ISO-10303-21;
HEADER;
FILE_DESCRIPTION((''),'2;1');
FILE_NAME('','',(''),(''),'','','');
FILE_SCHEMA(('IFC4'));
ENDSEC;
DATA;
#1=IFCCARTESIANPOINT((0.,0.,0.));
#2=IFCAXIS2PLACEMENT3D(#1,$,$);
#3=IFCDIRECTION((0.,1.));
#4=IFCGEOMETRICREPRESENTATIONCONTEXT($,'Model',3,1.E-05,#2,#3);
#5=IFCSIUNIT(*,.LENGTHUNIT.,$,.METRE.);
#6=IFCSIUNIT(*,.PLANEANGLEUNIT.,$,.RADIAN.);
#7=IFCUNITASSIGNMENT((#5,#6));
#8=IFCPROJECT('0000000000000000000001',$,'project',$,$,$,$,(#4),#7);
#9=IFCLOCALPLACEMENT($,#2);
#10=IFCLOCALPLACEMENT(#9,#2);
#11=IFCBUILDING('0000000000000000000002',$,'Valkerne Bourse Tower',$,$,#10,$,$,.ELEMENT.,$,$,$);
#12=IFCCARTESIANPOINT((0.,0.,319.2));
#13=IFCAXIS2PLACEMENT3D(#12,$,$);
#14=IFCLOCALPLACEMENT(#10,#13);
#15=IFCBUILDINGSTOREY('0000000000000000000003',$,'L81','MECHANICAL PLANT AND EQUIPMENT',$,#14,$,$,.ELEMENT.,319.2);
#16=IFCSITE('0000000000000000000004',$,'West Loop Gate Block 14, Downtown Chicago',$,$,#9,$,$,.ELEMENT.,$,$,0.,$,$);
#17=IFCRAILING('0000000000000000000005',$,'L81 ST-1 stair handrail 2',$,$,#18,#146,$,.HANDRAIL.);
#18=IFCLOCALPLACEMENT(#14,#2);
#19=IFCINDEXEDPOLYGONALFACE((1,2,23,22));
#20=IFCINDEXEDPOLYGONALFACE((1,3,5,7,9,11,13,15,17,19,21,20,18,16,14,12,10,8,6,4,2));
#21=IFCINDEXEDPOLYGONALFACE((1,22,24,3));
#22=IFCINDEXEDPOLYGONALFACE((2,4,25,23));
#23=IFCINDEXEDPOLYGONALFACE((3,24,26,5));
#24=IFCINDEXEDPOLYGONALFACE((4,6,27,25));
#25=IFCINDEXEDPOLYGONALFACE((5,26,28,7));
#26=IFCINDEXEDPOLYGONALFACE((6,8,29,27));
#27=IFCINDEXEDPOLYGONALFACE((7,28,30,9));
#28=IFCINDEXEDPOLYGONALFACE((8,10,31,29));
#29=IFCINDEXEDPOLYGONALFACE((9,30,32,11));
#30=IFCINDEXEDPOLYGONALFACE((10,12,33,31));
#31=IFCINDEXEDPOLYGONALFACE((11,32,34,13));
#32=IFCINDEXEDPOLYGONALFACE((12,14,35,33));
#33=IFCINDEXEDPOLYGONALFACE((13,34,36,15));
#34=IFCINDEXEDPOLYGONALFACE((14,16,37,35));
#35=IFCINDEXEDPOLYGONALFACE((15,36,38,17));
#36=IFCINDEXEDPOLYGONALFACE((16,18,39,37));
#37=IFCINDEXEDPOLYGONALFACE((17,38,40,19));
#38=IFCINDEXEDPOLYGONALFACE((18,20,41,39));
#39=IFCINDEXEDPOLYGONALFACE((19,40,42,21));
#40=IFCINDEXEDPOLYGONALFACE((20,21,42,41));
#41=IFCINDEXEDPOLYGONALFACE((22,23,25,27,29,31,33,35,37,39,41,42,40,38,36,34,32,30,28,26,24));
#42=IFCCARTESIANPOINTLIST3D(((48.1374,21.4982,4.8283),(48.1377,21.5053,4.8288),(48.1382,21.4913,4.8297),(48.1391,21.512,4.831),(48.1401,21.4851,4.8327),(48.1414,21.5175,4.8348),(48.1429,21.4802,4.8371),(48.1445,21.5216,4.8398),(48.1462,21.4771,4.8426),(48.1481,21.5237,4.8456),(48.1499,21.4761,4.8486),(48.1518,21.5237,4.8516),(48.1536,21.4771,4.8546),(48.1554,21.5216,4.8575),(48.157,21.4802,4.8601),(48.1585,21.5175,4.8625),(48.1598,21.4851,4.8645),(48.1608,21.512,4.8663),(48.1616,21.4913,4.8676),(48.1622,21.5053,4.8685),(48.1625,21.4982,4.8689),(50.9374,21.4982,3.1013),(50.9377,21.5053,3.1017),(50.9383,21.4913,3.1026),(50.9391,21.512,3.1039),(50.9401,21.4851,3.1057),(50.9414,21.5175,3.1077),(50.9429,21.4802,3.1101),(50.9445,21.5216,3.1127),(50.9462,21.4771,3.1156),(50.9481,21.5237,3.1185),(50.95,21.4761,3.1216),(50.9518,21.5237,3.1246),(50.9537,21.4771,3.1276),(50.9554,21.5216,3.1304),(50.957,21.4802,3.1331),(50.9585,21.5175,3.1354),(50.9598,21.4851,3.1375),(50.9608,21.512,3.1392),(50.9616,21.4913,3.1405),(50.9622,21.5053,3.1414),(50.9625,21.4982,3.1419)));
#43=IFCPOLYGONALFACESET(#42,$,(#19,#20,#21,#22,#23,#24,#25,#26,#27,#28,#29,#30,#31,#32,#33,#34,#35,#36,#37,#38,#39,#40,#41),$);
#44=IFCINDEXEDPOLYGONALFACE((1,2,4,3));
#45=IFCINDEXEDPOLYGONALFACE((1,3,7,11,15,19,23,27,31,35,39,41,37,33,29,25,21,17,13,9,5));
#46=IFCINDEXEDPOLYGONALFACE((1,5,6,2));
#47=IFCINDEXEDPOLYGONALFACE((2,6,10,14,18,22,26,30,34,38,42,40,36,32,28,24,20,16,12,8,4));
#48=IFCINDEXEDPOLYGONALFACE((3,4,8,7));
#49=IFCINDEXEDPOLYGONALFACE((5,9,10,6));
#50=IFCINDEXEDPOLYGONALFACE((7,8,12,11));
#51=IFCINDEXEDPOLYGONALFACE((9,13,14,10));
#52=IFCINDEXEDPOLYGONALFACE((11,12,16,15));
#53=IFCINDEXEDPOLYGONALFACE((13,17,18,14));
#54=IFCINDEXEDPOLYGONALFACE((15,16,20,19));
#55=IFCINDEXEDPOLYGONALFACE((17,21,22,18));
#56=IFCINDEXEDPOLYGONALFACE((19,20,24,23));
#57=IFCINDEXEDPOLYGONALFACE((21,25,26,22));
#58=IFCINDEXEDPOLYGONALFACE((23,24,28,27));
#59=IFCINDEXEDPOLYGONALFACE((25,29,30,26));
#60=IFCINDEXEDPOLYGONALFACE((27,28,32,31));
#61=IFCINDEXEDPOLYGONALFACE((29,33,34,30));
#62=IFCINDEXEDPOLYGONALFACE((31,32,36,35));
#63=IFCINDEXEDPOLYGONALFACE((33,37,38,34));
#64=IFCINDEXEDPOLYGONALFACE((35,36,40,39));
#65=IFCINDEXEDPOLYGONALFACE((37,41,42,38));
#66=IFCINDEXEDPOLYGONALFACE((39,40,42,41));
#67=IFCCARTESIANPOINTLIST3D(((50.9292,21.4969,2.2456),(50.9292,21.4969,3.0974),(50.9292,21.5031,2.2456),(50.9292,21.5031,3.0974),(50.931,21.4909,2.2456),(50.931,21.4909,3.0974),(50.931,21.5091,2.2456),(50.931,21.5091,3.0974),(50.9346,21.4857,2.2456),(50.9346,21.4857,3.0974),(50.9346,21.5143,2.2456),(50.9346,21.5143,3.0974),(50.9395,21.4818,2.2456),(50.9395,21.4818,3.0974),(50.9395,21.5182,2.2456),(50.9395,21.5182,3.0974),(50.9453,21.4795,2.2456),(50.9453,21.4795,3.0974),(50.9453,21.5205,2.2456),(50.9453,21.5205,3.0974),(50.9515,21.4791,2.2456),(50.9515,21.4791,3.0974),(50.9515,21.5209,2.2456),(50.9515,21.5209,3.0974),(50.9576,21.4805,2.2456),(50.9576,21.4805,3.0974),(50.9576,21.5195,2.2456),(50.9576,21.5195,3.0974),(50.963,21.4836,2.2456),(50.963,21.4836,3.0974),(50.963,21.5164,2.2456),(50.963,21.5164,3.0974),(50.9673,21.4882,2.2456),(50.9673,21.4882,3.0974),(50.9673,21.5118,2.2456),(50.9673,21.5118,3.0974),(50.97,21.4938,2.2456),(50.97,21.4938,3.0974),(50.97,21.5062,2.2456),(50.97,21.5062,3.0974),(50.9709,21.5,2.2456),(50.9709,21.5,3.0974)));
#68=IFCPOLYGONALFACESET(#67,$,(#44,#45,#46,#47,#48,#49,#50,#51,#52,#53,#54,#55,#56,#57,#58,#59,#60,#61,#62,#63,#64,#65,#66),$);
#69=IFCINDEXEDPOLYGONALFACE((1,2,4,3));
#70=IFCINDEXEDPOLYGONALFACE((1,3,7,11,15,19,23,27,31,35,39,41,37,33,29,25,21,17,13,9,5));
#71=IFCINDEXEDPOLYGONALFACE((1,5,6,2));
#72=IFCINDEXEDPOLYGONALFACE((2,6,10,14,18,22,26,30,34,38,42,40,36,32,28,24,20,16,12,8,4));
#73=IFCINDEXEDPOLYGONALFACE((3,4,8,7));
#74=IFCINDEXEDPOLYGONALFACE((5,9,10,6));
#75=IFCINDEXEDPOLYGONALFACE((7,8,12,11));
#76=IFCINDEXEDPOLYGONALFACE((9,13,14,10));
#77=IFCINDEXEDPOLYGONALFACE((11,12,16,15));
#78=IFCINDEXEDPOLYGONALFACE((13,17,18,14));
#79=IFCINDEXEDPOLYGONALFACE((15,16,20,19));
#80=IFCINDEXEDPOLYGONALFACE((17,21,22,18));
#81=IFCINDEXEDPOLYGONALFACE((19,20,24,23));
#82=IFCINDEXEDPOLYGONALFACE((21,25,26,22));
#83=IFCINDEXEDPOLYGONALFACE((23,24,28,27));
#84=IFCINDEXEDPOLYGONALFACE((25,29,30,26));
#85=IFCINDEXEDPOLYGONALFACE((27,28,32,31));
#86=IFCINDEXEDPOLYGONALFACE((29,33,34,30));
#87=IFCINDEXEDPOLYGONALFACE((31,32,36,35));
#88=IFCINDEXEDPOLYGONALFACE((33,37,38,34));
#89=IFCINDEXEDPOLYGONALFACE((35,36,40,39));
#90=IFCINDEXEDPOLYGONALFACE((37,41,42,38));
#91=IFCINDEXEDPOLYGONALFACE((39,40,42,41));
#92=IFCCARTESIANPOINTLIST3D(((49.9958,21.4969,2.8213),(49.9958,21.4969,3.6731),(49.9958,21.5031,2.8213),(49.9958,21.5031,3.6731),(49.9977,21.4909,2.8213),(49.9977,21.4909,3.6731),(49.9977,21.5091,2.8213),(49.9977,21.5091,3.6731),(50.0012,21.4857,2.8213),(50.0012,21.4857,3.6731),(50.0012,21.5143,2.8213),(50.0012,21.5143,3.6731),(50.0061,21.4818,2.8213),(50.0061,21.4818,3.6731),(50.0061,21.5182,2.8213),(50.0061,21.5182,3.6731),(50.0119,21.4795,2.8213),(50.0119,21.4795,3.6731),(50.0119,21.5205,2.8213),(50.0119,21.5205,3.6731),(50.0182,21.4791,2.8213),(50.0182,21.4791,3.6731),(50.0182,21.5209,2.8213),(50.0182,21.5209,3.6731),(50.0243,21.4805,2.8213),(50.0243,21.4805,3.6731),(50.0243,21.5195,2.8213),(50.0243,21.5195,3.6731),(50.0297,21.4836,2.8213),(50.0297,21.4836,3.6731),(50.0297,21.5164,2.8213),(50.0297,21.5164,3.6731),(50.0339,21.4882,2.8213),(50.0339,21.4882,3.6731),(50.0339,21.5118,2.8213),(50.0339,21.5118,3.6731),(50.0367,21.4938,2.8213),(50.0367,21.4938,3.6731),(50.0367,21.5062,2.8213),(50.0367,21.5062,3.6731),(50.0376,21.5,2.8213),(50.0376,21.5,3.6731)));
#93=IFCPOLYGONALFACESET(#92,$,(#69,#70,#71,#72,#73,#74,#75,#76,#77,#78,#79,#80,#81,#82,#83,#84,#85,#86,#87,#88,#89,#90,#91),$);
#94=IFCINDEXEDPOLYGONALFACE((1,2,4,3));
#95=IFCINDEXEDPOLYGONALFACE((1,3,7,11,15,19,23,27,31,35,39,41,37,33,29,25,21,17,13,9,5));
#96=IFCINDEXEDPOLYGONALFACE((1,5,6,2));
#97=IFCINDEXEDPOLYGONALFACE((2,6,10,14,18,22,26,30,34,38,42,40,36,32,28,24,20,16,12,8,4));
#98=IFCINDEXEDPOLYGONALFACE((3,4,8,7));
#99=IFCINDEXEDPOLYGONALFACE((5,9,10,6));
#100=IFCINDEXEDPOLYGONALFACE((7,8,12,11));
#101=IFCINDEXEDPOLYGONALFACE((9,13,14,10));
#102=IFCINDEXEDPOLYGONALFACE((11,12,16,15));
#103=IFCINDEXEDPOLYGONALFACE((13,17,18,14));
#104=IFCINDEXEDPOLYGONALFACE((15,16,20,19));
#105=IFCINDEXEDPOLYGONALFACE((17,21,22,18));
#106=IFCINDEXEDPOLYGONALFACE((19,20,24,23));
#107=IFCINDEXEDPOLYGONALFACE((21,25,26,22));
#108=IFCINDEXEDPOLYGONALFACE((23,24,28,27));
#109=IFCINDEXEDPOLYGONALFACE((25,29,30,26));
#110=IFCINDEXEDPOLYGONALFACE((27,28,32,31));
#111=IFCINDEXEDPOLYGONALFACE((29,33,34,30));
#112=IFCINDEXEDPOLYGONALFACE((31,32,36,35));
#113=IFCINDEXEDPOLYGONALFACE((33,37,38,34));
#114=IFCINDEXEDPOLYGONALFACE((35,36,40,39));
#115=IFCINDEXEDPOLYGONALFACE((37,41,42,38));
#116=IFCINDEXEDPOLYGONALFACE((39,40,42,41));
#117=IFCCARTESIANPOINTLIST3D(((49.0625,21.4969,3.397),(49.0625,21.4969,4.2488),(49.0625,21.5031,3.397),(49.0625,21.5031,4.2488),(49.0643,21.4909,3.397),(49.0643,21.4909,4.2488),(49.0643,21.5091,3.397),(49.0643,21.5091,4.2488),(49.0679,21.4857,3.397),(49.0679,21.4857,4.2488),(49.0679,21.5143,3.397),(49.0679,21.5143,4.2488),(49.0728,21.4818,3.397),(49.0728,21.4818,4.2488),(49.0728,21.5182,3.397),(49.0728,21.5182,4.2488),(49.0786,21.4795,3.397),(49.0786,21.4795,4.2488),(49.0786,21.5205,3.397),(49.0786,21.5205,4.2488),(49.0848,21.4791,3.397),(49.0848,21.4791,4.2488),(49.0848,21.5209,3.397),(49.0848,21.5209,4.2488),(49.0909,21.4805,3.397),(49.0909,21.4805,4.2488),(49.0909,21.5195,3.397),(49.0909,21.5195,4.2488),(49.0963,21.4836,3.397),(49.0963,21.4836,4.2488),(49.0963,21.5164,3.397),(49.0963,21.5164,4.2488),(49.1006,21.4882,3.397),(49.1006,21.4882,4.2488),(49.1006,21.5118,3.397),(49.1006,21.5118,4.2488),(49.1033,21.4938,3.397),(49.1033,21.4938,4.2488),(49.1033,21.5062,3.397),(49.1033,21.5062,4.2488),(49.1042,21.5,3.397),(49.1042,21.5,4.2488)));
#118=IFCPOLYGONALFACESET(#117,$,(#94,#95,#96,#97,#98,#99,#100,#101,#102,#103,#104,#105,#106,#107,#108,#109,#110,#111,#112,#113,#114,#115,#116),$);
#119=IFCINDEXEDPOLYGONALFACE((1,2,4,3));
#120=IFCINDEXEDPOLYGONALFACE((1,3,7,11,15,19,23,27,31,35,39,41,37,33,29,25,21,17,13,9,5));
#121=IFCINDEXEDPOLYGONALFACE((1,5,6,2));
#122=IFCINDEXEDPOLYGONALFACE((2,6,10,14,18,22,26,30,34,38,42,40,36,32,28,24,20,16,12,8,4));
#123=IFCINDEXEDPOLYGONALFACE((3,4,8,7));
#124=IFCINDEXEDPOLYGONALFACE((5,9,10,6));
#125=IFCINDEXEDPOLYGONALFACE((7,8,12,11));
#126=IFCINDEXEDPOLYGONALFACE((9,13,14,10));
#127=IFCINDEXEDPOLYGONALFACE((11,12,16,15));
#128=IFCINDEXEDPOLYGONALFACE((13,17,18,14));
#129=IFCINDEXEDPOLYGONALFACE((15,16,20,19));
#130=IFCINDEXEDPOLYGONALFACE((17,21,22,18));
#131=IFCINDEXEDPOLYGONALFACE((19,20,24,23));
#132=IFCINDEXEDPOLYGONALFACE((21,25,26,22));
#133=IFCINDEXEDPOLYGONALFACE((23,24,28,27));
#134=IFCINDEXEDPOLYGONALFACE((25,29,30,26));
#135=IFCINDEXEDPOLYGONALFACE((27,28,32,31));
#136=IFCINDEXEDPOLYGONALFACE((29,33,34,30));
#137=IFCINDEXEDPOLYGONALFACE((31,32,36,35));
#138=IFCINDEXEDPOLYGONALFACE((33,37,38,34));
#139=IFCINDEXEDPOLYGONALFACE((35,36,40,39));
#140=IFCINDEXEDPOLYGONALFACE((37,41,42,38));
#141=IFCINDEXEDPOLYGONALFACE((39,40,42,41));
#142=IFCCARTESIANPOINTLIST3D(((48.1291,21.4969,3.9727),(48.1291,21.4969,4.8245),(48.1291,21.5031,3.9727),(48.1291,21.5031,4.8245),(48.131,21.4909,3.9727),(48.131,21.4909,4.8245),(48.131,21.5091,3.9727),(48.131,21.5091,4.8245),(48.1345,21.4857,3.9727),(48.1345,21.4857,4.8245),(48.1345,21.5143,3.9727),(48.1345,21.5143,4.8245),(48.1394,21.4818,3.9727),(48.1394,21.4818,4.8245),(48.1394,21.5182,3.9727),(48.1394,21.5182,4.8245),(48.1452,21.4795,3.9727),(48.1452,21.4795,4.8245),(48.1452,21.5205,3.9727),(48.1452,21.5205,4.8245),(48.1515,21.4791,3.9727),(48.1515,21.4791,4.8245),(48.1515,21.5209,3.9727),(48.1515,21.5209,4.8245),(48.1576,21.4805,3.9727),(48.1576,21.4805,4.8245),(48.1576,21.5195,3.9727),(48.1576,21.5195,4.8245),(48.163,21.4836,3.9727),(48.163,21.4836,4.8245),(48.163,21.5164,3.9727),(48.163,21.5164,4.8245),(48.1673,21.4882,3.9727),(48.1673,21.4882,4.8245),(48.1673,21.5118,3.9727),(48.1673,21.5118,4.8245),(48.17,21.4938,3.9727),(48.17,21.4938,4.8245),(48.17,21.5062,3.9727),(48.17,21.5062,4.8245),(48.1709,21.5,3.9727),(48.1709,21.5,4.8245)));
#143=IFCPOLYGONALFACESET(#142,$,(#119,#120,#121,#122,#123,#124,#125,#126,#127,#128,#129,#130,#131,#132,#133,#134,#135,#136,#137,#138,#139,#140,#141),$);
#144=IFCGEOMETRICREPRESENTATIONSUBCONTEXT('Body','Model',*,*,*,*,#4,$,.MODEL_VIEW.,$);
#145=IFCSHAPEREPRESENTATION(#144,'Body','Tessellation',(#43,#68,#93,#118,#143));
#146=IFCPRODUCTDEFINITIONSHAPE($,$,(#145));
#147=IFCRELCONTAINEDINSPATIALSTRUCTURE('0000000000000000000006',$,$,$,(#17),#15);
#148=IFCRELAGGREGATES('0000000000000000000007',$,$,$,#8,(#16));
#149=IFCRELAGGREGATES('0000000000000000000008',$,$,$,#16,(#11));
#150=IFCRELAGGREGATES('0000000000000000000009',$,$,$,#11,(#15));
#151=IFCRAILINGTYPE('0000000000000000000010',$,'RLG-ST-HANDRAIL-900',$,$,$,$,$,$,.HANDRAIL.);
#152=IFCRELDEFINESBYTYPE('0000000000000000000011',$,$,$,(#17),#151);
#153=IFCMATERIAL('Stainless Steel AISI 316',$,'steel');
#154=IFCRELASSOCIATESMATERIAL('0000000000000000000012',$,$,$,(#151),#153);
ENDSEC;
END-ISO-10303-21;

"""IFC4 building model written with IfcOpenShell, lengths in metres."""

from ifc_helpers import new_model, si_unit, direction, frame, origin, origin_2d, place, context, subcontext, project, spatial, circle, extrude, material, type_object, element, save


model = new_model("IFC4")

# Units and contexts
model_context = context("Model", 3, precision=1e-05, world=origin(), true_north=direction((0.0, 1.0)))
body_context = subcontext(model_context, "Body", "Model", "MODEL_VIEW")
ifc_project = project(units=[si_unit("LENGTHUNIT", "METRE"), si_unit("PLANEANGLEUNIT", "RADIAN")], contexts=[model_context])

# Site, building, storey
site_placement = place(None, origin())
site = spatial("IfcSite", under=ifc_project, at=site_placement, Name="West Loop Gate Block 14, Downtown Chicago", CompositionType="ELEMENT", RefElevation=0.0)
building_placement = place(site_placement, origin())
building = spatial("IfcBuilding", under=site, at=building_placement, Name="Valkerne Bourse Tower", CompositionType="ELEMENT")
storey_placement = place(building_placement, frame((0.0, 0.0, 319.2)))
storey = spatial("IfcBuildingStorey", under=building, at=storey_placement, Name="L81", Description="MECHANICAL PLANT AND EQUIPMENT", CompositionType="ELEMENT", Elevation=319.2)

# Shared definitions
ifc_material_1 = material(Name="Stainless Steel AISI 316", Category="steel")

# Railing
railing_type_1 = type_object("IfcRailingType", Name="RLG-ST-HANDRAIL-900", PredefinedType="HANDRAIL", material=ifc_material_1)
railing_1_placement = place(storey_placement, frame((50.95, 21.5, 2.2456)))
element("IfcRailing", 1, at=railing_1_placement, inside=storey, type_object=railing_type_1, Name="L81 ST-1 stair handrail 2", PredefinedType="HANDRAIL", context=body_context, shape_type="SweptSolid", body=[
    extrude(circle(Radius=0.0239, at=origin_2d()), frame((0.0, 0.0, 0.876), z_axis=(-0.851123, 0.0, 0.524967), x_axis=(0.0, -1.0, 0.0)), (0.0, 0.0, 1.0), 3.2898),
    extrude(circle(Radius=0.021, at=origin_2d()), origin(), (0.0, 0.0, 1.0), 0.8518),
    extrude(circle(Radius=0.021, at=origin_2d()), frame((-0.9333, 0.0, 0.5757)), (0.0, 0.0, 1.0), 0.8518),
    extrude(circle(Radius=0.021, at=origin_2d()), frame((-1.8667, 0.0, 1.1514)), (0.0, 0.0, 1.0), 0.8518),
    extrude(circle(Radius=0.021, at=origin_2d()), frame((-2.8, 0.0, 1.7271)), (0.0, 0.0, 1.0), 0.8518),
])

save(model, "model.ifc")
